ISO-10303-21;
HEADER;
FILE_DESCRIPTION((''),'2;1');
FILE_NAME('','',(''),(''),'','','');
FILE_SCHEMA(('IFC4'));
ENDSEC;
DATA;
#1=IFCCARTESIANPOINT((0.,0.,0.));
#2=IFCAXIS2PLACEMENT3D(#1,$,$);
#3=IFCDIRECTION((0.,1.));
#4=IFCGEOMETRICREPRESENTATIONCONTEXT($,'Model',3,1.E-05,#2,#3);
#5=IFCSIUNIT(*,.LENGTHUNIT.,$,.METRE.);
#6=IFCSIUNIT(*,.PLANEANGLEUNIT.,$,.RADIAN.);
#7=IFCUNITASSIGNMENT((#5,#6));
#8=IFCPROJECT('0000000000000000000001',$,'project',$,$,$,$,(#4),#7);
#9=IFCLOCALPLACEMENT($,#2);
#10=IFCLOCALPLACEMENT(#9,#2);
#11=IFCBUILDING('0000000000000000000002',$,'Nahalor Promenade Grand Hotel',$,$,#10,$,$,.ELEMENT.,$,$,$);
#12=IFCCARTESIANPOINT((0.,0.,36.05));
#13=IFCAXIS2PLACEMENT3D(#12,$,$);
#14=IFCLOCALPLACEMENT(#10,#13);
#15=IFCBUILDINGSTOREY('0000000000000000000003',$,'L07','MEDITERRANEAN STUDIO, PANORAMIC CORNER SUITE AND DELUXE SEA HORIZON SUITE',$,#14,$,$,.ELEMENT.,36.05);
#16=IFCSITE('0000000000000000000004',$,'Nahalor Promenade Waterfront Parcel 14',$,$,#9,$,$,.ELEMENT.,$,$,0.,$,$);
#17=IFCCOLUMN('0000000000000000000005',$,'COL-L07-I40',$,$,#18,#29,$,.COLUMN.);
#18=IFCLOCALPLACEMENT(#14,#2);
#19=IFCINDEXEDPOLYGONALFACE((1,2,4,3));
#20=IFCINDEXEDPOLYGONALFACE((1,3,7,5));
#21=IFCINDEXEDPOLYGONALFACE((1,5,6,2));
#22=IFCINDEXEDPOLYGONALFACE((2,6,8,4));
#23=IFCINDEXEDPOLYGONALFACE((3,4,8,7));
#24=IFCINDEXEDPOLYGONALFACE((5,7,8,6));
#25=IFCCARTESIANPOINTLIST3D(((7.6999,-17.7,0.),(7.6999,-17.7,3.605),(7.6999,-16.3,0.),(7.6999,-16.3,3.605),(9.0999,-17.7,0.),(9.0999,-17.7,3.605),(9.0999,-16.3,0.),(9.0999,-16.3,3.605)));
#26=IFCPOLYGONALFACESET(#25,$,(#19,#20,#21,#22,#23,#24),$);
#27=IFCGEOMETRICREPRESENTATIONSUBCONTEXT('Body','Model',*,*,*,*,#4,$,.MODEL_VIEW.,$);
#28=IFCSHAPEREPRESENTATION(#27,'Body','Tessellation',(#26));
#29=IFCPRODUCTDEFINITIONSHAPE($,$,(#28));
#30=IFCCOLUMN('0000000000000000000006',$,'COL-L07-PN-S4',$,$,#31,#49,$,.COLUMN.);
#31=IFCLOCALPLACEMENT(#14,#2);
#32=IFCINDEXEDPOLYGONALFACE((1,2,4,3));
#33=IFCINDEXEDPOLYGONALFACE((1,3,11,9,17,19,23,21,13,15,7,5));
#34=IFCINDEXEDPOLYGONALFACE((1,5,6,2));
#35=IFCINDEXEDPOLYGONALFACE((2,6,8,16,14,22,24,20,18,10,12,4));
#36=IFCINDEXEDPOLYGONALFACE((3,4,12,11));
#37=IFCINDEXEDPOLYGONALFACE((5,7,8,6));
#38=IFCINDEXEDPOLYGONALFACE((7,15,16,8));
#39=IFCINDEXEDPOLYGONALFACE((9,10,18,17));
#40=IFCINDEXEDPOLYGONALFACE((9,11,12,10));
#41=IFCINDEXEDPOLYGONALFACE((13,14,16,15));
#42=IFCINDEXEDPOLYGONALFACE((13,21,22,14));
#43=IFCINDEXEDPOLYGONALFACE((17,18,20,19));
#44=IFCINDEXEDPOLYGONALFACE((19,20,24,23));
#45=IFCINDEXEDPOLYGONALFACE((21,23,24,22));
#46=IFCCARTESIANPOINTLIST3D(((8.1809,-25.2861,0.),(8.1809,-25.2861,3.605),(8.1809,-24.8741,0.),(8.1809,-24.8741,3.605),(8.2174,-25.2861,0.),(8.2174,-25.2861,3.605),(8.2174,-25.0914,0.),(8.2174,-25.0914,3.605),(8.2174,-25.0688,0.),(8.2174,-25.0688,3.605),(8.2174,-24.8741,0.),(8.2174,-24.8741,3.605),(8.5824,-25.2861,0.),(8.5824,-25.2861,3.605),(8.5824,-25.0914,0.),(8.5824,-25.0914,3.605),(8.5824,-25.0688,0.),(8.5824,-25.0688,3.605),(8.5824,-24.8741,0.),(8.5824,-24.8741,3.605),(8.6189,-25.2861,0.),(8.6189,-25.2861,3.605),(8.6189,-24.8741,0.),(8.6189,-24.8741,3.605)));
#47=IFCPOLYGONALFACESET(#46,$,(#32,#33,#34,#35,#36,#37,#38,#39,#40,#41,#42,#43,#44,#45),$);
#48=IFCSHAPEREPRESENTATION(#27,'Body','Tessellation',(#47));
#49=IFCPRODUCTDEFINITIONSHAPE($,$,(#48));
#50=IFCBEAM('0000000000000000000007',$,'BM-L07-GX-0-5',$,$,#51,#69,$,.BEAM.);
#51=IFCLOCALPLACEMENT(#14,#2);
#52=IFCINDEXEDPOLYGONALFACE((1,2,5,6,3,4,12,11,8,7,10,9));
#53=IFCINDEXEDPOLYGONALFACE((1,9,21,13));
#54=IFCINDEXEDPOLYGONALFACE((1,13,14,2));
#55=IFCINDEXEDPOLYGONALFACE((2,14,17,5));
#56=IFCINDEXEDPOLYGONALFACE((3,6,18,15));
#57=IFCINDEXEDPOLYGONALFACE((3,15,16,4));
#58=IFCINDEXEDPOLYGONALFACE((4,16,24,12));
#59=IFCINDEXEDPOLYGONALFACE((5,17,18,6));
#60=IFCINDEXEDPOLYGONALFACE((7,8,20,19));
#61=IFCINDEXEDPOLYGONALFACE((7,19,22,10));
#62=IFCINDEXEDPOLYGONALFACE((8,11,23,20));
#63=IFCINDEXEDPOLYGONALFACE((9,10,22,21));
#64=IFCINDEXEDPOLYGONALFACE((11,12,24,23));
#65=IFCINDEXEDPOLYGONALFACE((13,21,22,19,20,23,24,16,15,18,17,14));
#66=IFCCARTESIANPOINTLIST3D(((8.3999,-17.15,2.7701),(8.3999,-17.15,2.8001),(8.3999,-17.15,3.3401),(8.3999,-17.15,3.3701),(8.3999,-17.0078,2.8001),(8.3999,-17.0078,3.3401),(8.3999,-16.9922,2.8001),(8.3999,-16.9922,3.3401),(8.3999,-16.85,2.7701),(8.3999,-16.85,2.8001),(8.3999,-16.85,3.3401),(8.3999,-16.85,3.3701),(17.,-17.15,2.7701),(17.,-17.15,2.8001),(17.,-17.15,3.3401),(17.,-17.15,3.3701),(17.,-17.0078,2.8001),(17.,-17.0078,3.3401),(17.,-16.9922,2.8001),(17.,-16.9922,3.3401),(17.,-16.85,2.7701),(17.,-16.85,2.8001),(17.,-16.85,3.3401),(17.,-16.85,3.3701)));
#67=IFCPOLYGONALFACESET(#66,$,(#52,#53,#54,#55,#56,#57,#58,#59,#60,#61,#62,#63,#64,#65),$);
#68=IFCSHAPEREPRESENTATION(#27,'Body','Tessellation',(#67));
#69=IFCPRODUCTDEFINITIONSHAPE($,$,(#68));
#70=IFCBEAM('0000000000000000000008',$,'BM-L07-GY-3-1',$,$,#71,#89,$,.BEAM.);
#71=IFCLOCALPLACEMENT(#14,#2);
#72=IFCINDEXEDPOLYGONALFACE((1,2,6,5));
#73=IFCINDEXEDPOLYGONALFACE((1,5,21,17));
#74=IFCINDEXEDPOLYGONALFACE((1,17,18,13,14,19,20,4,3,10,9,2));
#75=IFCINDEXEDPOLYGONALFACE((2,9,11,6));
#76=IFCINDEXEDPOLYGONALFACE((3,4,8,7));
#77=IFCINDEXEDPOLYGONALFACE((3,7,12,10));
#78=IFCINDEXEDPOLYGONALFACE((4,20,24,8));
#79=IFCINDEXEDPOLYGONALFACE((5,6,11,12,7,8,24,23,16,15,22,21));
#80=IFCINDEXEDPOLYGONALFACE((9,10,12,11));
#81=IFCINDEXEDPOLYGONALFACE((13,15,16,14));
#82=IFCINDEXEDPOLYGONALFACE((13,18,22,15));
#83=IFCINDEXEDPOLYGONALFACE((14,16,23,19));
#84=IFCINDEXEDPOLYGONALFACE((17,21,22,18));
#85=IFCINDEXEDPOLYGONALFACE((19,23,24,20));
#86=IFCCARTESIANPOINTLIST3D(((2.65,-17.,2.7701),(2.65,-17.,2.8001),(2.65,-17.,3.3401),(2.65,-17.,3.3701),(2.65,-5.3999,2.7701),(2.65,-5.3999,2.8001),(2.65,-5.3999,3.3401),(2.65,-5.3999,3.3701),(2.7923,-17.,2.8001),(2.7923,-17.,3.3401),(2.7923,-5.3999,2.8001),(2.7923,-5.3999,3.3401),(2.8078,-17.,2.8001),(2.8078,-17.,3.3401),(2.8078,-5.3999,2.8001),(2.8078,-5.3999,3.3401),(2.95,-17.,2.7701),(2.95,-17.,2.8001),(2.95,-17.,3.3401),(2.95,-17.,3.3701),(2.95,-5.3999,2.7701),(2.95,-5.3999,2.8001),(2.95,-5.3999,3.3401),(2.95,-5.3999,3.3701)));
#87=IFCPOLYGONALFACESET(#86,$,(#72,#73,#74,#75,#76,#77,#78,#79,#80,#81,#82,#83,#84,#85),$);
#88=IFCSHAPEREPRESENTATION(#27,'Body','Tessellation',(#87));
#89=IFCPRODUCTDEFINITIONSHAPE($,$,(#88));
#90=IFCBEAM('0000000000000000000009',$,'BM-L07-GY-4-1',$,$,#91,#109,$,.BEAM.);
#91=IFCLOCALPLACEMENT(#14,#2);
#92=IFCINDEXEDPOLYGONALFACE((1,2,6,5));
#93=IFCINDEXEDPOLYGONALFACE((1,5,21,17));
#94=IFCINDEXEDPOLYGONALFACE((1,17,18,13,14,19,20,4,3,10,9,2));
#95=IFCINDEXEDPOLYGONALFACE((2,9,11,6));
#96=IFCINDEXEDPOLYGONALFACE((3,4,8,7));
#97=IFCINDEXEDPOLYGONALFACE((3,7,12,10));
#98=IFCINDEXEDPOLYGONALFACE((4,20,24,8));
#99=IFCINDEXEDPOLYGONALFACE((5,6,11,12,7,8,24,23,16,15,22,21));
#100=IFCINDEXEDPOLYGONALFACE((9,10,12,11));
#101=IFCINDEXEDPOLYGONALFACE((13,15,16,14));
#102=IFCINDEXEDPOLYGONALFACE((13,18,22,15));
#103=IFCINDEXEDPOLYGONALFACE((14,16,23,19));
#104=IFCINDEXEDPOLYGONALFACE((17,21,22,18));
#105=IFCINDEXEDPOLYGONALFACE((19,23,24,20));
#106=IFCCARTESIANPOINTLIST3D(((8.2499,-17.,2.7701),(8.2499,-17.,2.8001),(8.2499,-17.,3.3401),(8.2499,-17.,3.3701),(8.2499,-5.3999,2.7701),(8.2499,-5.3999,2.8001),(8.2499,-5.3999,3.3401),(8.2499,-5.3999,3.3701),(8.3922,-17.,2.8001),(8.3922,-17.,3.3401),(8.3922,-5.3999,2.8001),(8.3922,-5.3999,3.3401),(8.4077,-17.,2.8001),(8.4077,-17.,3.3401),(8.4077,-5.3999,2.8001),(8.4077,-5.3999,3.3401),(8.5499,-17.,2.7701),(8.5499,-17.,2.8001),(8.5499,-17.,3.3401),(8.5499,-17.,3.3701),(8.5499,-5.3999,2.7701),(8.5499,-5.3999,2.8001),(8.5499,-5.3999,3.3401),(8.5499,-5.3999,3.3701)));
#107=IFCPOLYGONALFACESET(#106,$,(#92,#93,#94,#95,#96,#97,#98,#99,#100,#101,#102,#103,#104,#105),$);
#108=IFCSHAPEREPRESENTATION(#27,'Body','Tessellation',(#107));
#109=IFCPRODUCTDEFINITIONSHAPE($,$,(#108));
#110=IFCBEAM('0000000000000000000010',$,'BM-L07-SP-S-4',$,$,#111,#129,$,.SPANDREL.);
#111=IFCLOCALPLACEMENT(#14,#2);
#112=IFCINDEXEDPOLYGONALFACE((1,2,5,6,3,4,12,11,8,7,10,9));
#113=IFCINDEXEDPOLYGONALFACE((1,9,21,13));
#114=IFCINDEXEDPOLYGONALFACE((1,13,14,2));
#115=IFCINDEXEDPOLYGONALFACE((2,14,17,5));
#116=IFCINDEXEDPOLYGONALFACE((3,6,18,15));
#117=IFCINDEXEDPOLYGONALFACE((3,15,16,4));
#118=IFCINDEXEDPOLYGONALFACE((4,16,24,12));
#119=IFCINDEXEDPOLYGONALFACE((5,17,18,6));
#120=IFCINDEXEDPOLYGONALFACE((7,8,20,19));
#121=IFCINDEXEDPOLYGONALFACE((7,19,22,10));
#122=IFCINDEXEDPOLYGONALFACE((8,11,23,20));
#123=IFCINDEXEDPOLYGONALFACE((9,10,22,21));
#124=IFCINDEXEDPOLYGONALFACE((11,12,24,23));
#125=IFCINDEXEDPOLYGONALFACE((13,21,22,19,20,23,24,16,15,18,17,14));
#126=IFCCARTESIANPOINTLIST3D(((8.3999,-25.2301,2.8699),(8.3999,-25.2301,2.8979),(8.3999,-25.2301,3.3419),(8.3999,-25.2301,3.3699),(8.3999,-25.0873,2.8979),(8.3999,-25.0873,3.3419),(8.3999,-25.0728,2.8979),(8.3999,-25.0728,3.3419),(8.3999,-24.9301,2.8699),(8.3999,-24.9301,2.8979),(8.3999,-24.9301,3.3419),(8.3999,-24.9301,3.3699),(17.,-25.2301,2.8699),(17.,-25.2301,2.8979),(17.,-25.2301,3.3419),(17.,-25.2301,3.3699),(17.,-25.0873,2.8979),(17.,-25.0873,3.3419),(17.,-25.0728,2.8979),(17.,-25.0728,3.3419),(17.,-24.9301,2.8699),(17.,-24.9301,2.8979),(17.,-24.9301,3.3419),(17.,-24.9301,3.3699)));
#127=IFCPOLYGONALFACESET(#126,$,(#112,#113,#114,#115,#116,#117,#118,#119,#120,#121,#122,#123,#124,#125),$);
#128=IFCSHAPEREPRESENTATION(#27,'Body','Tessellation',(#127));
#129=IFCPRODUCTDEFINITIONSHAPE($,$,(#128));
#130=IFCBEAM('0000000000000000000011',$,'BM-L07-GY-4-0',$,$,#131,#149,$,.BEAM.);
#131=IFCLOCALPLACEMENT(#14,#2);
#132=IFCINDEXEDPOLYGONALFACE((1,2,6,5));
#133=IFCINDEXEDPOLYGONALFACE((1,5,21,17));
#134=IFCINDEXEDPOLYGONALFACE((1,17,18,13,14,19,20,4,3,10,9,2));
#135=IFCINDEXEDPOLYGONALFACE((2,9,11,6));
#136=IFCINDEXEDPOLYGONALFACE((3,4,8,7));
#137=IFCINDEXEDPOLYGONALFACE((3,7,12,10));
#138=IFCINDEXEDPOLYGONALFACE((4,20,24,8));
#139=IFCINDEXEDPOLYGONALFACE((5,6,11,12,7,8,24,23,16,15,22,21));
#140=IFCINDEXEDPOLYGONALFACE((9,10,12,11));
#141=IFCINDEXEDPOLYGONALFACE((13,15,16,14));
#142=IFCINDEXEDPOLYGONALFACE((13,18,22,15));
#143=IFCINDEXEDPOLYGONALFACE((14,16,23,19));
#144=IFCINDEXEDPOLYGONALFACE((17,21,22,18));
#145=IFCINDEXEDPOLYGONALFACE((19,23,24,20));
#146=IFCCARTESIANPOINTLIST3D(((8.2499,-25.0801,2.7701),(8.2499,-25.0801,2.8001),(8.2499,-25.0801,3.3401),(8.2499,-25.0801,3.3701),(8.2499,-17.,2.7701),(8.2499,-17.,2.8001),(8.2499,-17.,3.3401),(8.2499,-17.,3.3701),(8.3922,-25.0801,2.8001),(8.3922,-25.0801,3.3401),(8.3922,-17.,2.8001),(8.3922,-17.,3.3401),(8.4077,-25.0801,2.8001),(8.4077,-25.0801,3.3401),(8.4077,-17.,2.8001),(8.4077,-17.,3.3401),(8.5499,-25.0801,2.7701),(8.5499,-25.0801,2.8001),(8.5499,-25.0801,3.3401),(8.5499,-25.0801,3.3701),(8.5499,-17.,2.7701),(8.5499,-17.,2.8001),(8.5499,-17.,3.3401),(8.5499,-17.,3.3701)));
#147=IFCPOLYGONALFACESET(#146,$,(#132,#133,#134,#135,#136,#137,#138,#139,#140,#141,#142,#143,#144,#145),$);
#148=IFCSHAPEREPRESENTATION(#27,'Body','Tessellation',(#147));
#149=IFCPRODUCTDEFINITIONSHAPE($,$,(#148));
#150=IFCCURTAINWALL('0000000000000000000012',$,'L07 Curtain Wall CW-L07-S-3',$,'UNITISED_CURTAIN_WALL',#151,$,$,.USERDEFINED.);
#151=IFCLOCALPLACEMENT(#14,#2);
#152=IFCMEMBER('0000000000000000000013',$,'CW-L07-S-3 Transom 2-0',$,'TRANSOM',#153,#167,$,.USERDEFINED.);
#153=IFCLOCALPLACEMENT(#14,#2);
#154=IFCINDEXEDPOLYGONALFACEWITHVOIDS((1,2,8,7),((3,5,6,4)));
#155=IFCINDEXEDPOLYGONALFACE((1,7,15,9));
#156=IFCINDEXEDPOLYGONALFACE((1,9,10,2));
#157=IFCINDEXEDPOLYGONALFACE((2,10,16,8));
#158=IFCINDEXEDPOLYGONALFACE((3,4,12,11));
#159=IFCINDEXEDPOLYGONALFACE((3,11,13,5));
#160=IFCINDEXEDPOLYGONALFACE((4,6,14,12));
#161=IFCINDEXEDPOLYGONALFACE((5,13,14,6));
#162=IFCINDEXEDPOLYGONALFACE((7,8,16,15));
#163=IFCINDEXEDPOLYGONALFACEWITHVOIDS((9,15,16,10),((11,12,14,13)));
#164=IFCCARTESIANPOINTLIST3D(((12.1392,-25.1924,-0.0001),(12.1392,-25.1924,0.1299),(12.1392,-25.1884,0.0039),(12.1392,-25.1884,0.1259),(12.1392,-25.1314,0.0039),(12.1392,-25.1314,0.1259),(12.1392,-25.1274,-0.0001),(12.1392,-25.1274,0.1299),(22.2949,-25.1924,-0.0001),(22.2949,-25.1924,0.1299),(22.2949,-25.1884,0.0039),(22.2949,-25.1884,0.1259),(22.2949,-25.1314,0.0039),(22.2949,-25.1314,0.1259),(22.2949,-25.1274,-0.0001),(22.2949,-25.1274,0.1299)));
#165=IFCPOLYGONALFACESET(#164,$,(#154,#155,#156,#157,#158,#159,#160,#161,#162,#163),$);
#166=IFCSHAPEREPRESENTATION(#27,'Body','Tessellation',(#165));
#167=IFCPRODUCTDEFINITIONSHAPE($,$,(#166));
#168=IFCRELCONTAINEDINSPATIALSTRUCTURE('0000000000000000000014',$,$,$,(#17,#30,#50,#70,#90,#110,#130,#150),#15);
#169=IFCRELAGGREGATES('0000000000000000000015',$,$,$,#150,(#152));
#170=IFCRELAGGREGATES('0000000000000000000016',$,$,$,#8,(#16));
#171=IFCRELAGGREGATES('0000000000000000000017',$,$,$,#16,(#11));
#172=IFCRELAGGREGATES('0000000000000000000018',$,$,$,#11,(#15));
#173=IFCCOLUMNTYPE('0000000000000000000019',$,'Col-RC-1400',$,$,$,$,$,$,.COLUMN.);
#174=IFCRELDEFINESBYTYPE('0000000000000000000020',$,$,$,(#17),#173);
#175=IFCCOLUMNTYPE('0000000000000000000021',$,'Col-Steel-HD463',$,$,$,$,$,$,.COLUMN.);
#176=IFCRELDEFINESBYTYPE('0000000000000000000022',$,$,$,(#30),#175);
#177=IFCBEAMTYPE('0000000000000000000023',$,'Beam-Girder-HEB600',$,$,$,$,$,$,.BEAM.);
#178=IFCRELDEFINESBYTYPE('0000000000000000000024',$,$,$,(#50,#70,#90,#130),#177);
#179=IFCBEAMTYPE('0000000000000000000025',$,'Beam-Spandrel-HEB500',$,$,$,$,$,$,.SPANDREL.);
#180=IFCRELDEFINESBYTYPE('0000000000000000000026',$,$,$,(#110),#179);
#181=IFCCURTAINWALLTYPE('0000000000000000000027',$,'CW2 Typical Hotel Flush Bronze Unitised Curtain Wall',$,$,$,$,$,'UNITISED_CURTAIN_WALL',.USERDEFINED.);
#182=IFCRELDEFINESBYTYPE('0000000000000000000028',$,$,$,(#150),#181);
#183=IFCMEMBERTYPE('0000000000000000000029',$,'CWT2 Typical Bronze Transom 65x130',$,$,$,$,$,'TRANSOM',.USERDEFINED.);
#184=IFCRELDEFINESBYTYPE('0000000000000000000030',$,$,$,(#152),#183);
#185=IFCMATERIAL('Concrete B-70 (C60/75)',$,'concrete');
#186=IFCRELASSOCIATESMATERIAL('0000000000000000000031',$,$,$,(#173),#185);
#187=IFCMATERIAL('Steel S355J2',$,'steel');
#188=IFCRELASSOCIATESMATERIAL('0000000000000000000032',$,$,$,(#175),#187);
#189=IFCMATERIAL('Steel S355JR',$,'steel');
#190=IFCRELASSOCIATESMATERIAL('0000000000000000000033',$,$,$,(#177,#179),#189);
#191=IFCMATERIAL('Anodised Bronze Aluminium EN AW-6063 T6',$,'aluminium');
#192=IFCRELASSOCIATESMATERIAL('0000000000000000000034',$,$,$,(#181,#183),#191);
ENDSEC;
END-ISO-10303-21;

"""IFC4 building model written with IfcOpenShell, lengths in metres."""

from ifc_helpers import new_model, si_unit, direction, frame, origin, origin_2d, place, context, subcontext, project, spatial, rectangle, hollow_rectangle, i_section, extrude, source, transform, mapped, material, material_profile, profile_set, type_object, element, aggregate, save


model = new_model("IFC4")

# Units and contexts
model_context = context("Model", 3, precision=1e-05, world=origin(), true_north=direction((0.0, 1.0)))
body_context = subcontext(model_context, "Body", "Model", "MODEL_VIEW")
ifc_project = project(units=[si_unit("LENGTHUNIT", "METRE"), si_unit("PLANEANGLEUNIT", "RADIAN")], contexts=[model_context])

# Site, building, storey
site_placement = place(None, origin())
site = spatial("IfcSite", under=ifc_project, at=site_placement, Name="Nahalor Promenade Waterfront Parcel 14", CompositionType="ELEMENT", RefElevation=0.0)
building_placement = place(site_placement, origin())
building = spatial("IfcBuilding", under=site, at=building_placement, Name="Nahalor Promenade Grand Hotel", CompositionType="ELEMENT")
storey_placement = place(building_placement, frame((0.0, 0.0, 36.05)))
storey = spatial("IfcBuildingStorey", under=building, at=storey_placement, Name="L07", Description="MEDITERRANEAN STUDIO, PANORAMIC CORNER SUITE AND DELUXE SEA HORIZON SUITE", CompositionType="ELEMENT", Elevation=36.05)

# Columns
ifc_material_1 = material(Name="Concrete B-70 (C60/75)", Category="concrete")
ifc_material_profile_1 = material_profile(ifc_material_1, rectangle(XDim=1.4, YDim=1.4, at=origin_2d()), Name="RC 1400x1400")
ifc_profile_set_1 = profile_set([ifc_material_profile_1], Name="Concrete B-70 (C60/75)")
column_type_1 = type_object("IfcColumnType", Name="Col-RC-1400", PredefinedType="COLUMN", material=ifc_profile_set_1)
shared_shape_1 = source(origin(), body_context, "Body", "SweptSolid", [
    extrude(rectangle(XDim=1.4, YDim=1.4, at=origin_2d()), origin(), (0.0, 0.0, 1.0), 3.605),
])
column_1_placement = place(storey_placement, frame((8.3999, -17.0, 0.0), z_axis=(0.0, 0.0, 1.0), x_axis=(1.0, 0.0, 0.0)))
element("IfcColumn", 1, at=column_1_placement, inside=storey, type_object=column_type_1, Name="COL-L07-I40", PredefinedType="COLUMN", context=body_context, shape_type="MappedRepresentation", body=[
    mapped(shared_shape_1, transform((0.0, 0.0, 0.0), scale=1.0)),
])
ifc_material_2 = material(Name="Steel S355J2", Category="steel")
ifc_material_profile_2 = material_profile(ifc_material_2, i_section(OverallWidth=0.412, OverallDepth=0.438, WebThickness=0.0226, FlangeThickness=0.0365, at=origin_2d()), Name="HD 400x463")
ifc_profile_set_2 = profile_set([ifc_material_profile_2], Name="Steel S355J2")
column_type_2 = type_object("IfcColumnType", Name="Col-Steel-HD463", PredefinedType="COLUMN", material=ifc_profile_set_2)
shared_shape_2 = source(origin(), body_context, "Body", "SweptSolid", [
    extrude(i_section(OverallWidth=0.412, OverallDepth=0.438, WebThickness=0.0226, FlangeThickness=0.0365, at=origin_2d()), origin(), (0.0, 0.0, 1.0), 3.605),
])
column_2_placement = place(storey_placement, frame((8.3999, -25.0801, 0.0), z_axis=(0.0, 0.0, 1.0), x_axis=(0.0, 1.0, 0.0)))
element("IfcColumn", 2, at=column_2_placement, inside=storey, type_object=column_type_2, Name="COL-L07-PN-S4", PredefinedType="COLUMN", context=body_context, shape_type="MappedRepresentation", body=[
    mapped(shared_shape_2, transform((0.0, 0.0, 0.0), scale=1.0)),
])

# Beams
ifc_material_3 = material(Name="Steel S355JR", Category="steel")
ifc_material_profile_3 = material_profile(ifc_material_3, i_section(OverallWidth=0.3, OverallDepth=0.6, WebThickness=0.0155, FlangeThickness=0.03, at=origin_2d()), Name="HEB 600")
ifc_profile_set_3 = profile_set([ifc_material_profile_3], Name="Steel S355JR")
beam_type_1 = type_object("IfcBeamType", Name="Beam-Girder-HEB600", PredefinedType="BEAM", material=ifc_profile_set_3)
shared_shape_3 = source(origin(), body_context, "Body", "SweptSolid", [
    extrude(i_section(OverallWidth=0.3, OverallDepth=0.6, WebThickness=0.0155, FlangeThickness=0.03, at=origin_2d()), origin(), (0.0, 0.0, 1.0), 8.6001),
])
beam_1_placement = place(storey_placement, frame((8.3999, -17.0, 3.0701), z_axis=(1.0, 0.0, 0.0), x_axis=(0.0, 1.0, 0.0)))
element("IfcBeam", 3, at=beam_1_placement, inside=storey, type_object=beam_type_1, Name="BM-L07-GX-0-5", PredefinedType="BEAM", context=body_context, shape_type="MappedRepresentation", body=[
    mapped(shared_shape_3, transform((0.0, 0.0, 0.0), scale=1.0)),
])
shared_shape_4 = source(origin(), body_context, "Body", "SweptSolid", [
    extrude(i_section(OverallWidth=0.3, OverallDepth=0.6, WebThickness=0.0155, FlangeThickness=0.03, at=origin_2d()), origin(), (0.0, 0.0, 1.0), 11.6001),
])
for number, where, z_axis, x_axis, name in (
    (4, (2.8, -17.0, 3.0701), (0.0, 1.0, 0.0), (-1.0, 0.0, 0.0), "BM-L07-GY-3-1"),
    (5, (8.3999, -17.0, 3.0701), (0.0, 1.0, 0.0), (-1.0, 0.0, 0.0), "BM-L07-GY-4-1"),
):
    element("IfcBeam", number, at=place(storey_placement, frame(where, z_axis=z_axis, x_axis=x_axis)), inside=storey, type_object=beam_type_1, Name=name, PredefinedType="BEAM", context=body_context, shape_type="MappedRepresentation", body=[
        mapped(shared_shape_4, transform((0.0, 0.0, 0.0), scale=1.0)),
    ])
ifc_material_profile_4 = material_profile(ifc_material_3, i_section(OverallWidth=0.3, OverallDepth=0.5, WebThickness=0.0145, FlangeThickness=0.028, at=origin_2d()), Name="HEB 500")
ifc_profile_set_4 = profile_set([ifc_material_profile_4], Name="Steel S355JR")
beam_type_2 = type_object("IfcBeamType", Name="Beam-Spandrel-HEB500", PredefinedType="SPANDREL", material=ifc_profile_set_4)
shared_shape_5 = source(origin(), body_context, "Body", "SweptSolid", [
    extrude(i_section(OverallWidth=0.3, OverallDepth=0.5, WebThickness=0.0145, FlangeThickness=0.028, at=origin_2d()), origin(), (0.0, 0.0, 1.0), 8.6001),
])
beam_2_placement = place(storey_placement, frame((8.3999, -25.0801, 3.1199), z_axis=(1.0, 0.0, 0.0), x_axis=(0.0, 1.0, 0.0)))
element("IfcBeam", 6, at=beam_2_placement, inside=storey, type_object=beam_type_2, Name="BM-L07-SP-S-4", PredefinedType="SPANDREL", context=body_context, shape_type="MappedRepresentation", body=[
    mapped(shared_shape_5, transform((0.0, 0.0, 0.0), scale=1.0)),
])
shared_shape_6 = source(origin(), body_context, "Body", "SweptSolid", [
    extrude(i_section(OverallWidth=0.3, OverallDepth=0.6, WebThickness=0.0155, FlangeThickness=0.03, at=origin_2d()), origin(), (0.0, 0.0, 1.0), 8.0801),
])
beam_3_placement = place(storey_placement, frame((8.3999, -25.0801, 3.0701), z_axis=(0.0, 1.0, 0.0), x_axis=(-1.0, 0.0, 0.0)))
element("IfcBeam", 7, at=beam_3_placement, inside=storey, type_object=beam_type_1, Name="BM-L07-GY-4-0", PredefinedType="BEAM", context=body_context, shape_type="MappedRepresentation", body=[
    mapped(shared_shape_6, transform((0.0, 0.0, 0.0), scale=1.0)),
])

# Curtain wall, member
ifc_material_4 = material(Name="Anodised Bronze Aluminium EN AW-6063 T6", Category="aluminium")
curtain_wall_type = type_object("IfcCurtainWallType", Name="CW2 Typical Hotel Flush Bronze Unitised Curtain Wall", ElementType="UNITISED_CURTAIN_WALL", PredefinedType="USERDEFINED", material=ifc_material_4)
curtain_wall_placement = place(storey_placement, origin())
curtain_wall = element("IfcCurtainWall", 8, at=curtain_wall_placement, inside=storey, type_object=curtain_wall_type, Name="L07 Curtain Wall CW-L07-S-3", ObjectType="UNITISED_CURTAIN_WALL", PredefinedType="USERDEFINED")
ifc_material_profile_5 = material_profile(ifc_material_4, hollow_rectangle(XDim=0.065, YDim=0.13, WallThickness=0.004, at=origin_2d()), Name="CWT 65x130x4")
ifc_profile_set_5 = profile_set([ifc_material_profile_5], Name="Anodised Bronze Aluminium EN AW-6063 T6")
member_type_1 = type_object("IfcMemberType", Name="CWT2 Typical Bronze Transom 65x130", ElementType="TRANSOM", PredefinedType="USERDEFINED", material=ifc_profile_set_5)
shared_shape_7 = source(origin(), body_context, "Body", "SweptSolid", [
    extrude(hollow_rectangle(XDim=0.065, YDim=0.13, WallThickness=0.004, at=origin_2d()), origin(), (0.0, 0.0, 1.0), 10.1558),
])
member_1_placement = place(storey_placement, frame((12.1392, -25.1599, 0.0649), z_axis=(1.0, 0.0, 0.0), x_axis=(0.0, 1.0, 0.0)))
member_1 = element("IfcMember", 9, at=member_1_placement, type_object=member_type_1, Name="CW-L07-S-3 Transom 2-0", ObjectType="TRANSOM", PredefinedType="USERDEFINED", context=body_context, shape_type="MappedRepresentation", body=[
    mapped(shared_shape_7, transform((0.0, 0.0, 0.0), scale=1.0)),
])
aggregate(curtain_wall, [member_1])

save(model, "model.ifc")
